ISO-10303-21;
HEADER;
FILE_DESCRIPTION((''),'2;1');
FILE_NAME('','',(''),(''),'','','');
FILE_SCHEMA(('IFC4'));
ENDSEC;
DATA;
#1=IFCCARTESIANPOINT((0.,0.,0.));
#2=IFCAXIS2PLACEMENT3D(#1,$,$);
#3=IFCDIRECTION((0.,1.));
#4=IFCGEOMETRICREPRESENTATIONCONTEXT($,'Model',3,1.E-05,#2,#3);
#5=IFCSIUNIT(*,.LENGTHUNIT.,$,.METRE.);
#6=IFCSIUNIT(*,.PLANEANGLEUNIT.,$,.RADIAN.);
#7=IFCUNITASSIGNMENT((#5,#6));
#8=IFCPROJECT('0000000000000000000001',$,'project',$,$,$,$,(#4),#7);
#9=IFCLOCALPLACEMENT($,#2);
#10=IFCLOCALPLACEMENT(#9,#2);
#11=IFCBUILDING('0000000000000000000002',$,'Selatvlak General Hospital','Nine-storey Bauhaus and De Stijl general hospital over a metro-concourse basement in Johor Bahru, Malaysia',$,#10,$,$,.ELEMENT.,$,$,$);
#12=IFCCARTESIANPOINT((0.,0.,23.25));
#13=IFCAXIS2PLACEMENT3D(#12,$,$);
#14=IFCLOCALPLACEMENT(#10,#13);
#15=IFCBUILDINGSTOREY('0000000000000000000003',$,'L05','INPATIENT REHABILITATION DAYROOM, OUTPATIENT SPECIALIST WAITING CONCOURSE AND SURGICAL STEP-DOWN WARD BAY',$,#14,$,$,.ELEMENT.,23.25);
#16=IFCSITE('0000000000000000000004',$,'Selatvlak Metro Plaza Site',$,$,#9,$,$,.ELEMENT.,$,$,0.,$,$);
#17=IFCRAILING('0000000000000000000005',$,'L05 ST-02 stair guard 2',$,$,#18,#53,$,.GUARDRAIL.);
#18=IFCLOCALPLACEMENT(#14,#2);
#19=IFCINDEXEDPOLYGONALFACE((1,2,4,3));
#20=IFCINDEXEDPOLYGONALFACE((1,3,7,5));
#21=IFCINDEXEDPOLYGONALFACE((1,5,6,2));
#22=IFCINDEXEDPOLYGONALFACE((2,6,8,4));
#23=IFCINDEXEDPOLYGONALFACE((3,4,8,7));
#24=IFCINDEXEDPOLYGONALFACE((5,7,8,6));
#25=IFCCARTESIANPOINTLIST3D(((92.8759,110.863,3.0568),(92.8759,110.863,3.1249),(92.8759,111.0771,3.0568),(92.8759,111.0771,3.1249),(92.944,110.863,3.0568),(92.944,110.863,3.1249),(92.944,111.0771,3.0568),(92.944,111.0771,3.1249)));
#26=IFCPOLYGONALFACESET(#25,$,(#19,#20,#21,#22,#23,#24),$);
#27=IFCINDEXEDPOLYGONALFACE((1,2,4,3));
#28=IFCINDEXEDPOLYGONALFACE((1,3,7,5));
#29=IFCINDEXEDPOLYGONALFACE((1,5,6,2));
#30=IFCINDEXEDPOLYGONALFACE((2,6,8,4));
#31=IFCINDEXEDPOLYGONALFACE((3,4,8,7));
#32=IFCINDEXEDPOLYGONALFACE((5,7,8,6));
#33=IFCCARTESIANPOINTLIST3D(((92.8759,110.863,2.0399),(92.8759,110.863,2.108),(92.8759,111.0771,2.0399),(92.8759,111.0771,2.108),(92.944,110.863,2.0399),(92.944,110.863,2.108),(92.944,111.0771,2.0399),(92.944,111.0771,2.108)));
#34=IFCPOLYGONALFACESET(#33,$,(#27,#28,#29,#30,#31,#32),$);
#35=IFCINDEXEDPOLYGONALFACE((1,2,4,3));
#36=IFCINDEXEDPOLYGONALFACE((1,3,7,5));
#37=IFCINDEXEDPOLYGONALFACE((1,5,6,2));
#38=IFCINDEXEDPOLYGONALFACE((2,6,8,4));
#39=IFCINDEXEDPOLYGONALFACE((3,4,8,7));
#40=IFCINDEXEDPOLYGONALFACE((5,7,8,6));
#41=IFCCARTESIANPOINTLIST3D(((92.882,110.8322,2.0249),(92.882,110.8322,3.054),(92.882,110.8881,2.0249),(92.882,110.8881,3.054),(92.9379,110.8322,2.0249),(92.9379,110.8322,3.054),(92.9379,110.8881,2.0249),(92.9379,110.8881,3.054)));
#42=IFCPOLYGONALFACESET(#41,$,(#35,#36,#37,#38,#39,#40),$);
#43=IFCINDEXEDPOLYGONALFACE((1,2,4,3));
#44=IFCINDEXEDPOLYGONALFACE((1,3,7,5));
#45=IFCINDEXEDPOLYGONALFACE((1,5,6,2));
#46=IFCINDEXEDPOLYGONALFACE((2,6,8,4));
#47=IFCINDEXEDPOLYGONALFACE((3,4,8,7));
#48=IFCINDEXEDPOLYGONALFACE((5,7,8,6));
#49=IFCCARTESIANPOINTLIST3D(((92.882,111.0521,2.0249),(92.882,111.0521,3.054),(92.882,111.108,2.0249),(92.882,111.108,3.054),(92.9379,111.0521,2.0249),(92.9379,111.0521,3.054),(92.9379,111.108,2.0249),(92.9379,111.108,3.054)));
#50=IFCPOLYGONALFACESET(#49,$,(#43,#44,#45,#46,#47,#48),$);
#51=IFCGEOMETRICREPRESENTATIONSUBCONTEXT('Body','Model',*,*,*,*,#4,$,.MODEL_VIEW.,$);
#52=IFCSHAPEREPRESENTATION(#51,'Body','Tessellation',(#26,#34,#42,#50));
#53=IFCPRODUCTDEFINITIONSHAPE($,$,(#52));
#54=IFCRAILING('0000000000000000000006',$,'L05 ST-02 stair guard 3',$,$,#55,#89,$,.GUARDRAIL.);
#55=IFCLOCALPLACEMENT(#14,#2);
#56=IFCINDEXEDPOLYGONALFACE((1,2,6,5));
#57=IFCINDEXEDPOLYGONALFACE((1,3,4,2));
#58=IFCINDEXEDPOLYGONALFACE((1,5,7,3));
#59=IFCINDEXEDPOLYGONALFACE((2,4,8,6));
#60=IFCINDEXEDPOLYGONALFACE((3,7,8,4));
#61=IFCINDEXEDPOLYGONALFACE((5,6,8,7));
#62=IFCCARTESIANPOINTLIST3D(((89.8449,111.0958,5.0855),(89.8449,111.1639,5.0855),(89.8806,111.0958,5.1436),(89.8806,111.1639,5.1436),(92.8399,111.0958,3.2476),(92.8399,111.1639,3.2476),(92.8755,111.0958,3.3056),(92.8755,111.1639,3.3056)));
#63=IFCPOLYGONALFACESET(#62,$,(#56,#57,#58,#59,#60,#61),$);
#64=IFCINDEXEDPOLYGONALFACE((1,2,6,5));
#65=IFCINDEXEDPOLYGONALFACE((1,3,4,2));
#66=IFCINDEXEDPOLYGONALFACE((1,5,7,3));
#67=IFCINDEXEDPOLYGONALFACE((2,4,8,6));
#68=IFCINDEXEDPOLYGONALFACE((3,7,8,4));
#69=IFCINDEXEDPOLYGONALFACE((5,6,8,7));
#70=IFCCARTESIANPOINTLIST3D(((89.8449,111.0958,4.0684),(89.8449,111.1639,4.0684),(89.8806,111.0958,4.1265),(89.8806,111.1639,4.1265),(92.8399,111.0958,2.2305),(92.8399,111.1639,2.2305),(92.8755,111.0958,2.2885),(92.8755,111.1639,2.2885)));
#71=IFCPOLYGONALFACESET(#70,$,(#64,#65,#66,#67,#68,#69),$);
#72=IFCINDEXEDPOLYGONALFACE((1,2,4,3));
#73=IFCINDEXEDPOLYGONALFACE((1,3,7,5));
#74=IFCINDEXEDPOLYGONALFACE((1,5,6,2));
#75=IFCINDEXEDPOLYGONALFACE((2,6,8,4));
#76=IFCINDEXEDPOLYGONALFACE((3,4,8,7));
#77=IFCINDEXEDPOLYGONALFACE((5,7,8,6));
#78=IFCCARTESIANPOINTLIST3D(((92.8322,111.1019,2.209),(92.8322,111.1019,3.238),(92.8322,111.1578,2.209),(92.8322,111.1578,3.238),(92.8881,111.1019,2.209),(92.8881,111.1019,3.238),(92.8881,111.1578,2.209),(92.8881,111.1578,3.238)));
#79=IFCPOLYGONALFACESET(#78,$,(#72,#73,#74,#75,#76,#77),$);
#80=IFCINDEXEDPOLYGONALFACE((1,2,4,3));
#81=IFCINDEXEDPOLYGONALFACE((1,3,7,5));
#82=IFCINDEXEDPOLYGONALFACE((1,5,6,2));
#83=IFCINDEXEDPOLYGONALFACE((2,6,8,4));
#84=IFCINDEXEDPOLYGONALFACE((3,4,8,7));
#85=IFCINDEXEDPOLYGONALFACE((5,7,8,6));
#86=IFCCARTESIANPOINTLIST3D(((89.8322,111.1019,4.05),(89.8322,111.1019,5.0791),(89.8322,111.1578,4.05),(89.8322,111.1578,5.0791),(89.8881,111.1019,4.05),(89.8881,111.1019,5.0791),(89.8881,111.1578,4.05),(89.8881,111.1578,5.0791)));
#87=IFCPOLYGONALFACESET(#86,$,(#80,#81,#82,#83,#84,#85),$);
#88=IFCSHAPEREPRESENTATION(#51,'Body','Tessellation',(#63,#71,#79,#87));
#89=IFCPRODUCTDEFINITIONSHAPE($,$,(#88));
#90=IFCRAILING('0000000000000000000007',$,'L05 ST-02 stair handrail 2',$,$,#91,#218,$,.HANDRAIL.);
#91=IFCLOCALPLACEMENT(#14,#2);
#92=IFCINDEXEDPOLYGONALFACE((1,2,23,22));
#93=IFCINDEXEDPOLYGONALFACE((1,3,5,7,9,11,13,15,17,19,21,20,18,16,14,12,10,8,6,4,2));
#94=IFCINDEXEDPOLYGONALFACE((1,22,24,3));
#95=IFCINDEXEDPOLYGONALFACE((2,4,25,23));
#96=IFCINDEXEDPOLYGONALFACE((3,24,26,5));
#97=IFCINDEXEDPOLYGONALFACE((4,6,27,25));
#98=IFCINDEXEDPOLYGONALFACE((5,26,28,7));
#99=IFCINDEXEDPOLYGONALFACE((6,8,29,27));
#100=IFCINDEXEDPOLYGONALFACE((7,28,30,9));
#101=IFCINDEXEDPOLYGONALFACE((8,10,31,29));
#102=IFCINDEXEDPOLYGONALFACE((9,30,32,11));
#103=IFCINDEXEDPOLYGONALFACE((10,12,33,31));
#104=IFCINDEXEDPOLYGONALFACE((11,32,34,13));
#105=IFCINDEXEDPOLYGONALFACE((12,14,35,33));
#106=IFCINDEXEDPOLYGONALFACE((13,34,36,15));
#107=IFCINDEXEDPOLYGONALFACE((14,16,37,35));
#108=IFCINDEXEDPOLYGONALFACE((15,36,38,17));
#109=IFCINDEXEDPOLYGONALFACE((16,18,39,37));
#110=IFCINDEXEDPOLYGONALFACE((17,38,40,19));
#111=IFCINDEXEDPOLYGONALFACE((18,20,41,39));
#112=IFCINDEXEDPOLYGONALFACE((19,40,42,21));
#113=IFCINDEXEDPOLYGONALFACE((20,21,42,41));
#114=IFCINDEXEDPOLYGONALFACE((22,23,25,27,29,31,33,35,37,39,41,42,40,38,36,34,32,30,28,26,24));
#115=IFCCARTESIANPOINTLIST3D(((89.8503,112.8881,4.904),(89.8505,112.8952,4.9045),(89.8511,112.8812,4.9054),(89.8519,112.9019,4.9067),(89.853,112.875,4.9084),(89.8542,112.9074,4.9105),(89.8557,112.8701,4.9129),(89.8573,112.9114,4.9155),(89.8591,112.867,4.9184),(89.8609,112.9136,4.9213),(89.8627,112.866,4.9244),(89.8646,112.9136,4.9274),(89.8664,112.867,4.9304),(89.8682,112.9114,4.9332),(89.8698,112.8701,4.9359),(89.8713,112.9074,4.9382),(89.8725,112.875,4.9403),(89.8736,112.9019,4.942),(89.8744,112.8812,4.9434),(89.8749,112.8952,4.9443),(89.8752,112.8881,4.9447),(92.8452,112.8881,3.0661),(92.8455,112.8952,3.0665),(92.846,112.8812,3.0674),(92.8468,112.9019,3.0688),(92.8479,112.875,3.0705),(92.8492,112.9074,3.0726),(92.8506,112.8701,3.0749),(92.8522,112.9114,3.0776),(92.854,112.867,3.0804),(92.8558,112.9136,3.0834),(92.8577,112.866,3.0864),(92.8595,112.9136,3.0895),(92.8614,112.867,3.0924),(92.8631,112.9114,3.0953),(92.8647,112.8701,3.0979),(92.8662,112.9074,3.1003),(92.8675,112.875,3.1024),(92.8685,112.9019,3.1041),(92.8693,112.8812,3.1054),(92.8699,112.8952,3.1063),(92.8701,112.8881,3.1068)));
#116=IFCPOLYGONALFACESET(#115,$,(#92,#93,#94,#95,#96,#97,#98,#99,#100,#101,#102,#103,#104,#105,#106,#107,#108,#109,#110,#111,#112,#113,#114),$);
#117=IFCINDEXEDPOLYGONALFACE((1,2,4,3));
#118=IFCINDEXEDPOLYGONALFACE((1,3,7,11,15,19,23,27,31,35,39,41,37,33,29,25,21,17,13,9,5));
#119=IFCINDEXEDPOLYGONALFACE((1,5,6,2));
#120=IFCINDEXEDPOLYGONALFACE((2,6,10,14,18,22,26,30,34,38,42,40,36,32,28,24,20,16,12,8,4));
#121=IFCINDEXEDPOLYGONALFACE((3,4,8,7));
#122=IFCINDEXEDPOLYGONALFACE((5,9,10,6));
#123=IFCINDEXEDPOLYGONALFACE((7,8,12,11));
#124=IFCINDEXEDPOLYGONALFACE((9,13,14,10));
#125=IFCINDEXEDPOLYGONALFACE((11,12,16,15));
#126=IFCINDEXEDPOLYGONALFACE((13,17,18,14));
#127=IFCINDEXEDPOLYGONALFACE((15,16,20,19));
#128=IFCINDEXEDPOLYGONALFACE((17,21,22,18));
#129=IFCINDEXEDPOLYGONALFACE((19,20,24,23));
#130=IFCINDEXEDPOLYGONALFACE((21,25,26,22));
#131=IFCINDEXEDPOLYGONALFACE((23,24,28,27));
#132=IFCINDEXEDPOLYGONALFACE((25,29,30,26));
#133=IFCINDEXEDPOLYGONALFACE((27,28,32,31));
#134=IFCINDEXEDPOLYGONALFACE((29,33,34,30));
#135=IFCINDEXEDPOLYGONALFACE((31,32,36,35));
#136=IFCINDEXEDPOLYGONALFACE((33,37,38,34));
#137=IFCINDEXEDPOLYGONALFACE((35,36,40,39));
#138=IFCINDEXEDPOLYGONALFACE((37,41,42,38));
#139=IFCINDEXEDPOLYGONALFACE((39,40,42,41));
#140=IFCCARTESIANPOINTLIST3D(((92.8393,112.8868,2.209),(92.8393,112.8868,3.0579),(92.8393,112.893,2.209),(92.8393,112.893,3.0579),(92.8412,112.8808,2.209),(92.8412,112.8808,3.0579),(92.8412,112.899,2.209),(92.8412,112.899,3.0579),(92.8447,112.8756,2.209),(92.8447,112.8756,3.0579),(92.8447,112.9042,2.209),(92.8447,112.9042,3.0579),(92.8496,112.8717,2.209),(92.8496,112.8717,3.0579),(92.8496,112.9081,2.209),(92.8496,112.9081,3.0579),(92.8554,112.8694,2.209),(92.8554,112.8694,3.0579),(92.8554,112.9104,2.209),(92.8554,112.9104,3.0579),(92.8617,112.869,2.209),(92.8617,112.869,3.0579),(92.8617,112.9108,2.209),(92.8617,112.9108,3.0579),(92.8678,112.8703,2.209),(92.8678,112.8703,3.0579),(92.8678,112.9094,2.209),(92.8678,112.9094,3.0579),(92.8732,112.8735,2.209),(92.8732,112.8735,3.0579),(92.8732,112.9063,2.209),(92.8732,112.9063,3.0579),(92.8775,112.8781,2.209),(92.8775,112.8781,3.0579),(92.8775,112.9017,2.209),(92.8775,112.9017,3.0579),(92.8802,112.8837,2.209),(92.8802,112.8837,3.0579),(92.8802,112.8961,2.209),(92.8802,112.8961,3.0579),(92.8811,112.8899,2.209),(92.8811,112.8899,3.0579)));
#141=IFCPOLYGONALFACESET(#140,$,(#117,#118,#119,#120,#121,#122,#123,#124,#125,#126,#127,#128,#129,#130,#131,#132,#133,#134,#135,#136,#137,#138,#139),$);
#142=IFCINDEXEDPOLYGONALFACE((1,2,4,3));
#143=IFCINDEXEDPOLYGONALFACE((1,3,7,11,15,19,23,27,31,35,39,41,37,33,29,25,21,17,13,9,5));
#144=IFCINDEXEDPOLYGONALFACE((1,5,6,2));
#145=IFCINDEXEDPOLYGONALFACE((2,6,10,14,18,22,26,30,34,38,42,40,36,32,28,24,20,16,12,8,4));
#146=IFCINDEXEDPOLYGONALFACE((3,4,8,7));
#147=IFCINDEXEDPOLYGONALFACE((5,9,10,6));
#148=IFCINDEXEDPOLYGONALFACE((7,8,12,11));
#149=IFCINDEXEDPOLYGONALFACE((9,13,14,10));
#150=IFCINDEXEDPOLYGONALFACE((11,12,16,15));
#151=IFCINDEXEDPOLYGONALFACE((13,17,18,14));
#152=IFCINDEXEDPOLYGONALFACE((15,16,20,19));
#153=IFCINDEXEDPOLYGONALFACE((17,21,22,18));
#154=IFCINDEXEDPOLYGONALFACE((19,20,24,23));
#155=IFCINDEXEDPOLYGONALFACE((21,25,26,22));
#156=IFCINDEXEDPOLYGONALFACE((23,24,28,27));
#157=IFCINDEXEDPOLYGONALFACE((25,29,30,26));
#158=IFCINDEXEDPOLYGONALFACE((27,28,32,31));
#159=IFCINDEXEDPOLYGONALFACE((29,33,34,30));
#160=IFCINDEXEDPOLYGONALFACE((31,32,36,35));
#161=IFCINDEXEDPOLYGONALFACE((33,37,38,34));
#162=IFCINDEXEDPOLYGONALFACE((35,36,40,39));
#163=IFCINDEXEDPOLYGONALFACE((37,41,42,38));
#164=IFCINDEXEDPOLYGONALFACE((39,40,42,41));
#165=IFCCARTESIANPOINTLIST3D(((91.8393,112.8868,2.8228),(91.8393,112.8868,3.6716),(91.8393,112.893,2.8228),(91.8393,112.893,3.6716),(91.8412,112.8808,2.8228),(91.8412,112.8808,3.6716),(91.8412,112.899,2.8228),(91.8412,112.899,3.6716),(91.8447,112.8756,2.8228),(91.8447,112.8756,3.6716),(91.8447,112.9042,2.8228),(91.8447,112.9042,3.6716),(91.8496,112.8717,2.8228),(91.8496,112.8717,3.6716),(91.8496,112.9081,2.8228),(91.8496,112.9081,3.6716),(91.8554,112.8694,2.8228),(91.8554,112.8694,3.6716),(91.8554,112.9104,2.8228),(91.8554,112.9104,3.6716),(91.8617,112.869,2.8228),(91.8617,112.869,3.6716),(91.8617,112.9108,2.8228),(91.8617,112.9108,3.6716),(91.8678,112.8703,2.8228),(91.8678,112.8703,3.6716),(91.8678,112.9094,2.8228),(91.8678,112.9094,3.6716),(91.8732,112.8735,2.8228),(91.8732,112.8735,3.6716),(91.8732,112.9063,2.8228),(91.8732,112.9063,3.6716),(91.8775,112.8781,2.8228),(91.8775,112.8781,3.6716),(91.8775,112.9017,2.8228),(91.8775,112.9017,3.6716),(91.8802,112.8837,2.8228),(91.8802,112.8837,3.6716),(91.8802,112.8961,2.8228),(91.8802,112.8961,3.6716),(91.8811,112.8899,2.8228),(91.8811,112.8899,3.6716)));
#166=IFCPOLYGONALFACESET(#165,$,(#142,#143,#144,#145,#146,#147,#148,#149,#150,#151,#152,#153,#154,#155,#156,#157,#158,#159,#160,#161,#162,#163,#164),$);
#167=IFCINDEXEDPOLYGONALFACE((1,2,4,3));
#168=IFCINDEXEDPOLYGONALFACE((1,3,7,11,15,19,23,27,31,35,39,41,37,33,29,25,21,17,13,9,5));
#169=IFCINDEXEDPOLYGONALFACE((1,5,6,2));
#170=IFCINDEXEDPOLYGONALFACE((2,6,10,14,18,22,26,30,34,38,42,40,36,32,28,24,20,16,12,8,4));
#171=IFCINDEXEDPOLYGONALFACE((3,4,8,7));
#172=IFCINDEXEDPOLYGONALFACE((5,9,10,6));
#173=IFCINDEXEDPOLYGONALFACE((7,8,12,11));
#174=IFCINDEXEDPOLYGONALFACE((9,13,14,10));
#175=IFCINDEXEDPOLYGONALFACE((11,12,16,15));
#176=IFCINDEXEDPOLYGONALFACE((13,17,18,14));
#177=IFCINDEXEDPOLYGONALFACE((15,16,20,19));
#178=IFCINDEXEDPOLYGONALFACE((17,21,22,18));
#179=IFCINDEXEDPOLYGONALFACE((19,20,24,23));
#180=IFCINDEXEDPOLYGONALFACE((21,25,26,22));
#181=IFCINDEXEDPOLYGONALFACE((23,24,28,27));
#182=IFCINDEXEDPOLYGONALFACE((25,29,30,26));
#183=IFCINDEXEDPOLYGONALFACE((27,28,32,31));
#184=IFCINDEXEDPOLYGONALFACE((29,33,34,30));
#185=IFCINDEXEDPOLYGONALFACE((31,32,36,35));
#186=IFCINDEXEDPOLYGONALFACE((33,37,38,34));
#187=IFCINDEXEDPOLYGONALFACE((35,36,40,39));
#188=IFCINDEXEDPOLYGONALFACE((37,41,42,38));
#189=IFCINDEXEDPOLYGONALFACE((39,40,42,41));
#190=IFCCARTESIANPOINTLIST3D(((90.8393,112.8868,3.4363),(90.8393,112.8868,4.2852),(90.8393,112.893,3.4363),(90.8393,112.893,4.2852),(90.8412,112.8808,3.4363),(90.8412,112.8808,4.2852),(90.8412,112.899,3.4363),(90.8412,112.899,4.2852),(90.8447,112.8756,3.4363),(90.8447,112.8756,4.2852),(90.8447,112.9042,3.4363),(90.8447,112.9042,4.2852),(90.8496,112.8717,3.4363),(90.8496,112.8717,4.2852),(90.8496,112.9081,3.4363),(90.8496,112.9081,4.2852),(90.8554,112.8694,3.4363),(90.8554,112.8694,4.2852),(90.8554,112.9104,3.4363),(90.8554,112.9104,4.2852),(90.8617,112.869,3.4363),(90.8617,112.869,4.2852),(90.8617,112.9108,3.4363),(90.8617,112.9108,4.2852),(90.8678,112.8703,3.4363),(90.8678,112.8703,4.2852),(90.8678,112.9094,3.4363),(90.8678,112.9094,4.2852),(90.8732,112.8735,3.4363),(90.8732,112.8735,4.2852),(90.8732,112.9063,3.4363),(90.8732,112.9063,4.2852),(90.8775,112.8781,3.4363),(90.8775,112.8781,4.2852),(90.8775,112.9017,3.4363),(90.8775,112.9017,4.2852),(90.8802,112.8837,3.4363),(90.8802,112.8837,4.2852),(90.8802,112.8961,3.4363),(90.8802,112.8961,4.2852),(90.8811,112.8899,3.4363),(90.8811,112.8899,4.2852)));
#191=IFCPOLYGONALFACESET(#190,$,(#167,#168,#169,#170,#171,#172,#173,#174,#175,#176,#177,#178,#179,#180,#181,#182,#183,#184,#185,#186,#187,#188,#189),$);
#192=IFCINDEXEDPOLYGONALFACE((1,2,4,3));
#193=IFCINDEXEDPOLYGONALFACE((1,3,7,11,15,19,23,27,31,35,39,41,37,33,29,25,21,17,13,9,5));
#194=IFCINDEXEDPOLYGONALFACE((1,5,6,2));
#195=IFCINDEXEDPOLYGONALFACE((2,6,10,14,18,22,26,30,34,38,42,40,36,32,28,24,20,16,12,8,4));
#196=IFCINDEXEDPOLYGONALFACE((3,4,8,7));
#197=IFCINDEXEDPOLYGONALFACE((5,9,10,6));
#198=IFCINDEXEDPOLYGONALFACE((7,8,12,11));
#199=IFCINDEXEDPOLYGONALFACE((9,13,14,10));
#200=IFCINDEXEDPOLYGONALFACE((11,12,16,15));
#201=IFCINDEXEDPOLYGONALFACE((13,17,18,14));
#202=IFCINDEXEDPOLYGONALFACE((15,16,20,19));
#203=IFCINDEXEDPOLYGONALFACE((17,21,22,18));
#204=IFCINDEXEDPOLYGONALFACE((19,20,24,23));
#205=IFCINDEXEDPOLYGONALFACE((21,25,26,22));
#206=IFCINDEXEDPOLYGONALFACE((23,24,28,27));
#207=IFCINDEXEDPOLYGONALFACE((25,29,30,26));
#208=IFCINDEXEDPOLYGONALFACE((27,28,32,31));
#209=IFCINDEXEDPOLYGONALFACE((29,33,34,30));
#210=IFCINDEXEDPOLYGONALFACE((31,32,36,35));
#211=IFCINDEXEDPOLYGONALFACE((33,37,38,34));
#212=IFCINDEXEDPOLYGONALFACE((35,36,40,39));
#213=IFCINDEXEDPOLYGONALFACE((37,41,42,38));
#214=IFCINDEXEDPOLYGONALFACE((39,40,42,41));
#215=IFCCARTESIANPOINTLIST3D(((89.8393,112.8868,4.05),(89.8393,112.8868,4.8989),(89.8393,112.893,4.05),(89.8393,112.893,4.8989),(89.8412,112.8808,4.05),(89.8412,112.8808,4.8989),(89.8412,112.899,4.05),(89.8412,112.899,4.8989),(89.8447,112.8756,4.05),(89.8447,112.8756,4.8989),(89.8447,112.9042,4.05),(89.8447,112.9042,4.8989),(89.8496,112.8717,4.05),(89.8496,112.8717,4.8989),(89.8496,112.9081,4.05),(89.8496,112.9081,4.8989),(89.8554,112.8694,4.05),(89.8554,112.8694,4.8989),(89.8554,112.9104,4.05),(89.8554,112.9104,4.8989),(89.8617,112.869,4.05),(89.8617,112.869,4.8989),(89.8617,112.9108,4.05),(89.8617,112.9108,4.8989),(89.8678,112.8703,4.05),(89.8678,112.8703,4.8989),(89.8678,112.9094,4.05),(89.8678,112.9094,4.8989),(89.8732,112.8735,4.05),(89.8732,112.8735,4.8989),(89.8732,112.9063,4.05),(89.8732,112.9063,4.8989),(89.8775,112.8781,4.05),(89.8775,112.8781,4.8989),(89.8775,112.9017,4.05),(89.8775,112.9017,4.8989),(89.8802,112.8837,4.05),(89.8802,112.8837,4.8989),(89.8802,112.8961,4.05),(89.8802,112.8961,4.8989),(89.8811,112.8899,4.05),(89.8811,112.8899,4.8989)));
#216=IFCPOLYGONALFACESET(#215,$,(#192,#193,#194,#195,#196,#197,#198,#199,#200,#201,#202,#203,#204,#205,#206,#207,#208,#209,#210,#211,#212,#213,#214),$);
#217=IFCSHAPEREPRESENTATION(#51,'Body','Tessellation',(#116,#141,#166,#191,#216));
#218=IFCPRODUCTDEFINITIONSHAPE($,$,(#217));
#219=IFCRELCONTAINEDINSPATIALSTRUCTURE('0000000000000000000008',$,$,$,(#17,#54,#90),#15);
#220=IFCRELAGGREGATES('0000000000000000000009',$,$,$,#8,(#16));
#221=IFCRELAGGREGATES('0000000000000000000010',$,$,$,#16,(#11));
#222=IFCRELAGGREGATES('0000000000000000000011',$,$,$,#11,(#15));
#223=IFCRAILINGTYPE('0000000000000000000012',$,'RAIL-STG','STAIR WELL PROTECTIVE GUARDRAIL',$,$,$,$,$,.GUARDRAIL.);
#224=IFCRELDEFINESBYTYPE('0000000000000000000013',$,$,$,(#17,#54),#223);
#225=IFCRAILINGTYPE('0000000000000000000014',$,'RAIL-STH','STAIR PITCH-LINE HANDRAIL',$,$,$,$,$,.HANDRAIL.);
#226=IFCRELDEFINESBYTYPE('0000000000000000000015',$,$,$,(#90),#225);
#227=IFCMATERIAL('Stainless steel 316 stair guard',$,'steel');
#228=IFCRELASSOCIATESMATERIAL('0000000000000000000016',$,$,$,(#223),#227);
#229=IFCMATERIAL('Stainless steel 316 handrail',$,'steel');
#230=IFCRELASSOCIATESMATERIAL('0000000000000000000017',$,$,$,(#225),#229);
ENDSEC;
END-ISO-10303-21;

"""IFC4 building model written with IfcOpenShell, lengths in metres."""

from ifc_helpers import new_model, si_unit, direction, frame, origin, origin_2d, place, context, subcontext, project, spatial, rectangle, circle, extrude, material, type_object, element, save


model = new_model("IFC4")

# Units and contexts
model_context = context("Model", 3, precision=1e-05, world=origin(), true_north=direction((0.0, 1.0)))
body_context = subcontext(model_context, "Body", "Model", "MODEL_VIEW")
ifc_project = project(units=[si_unit("LENGTHUNIT", "METRE"), si_unit("PLANEANGLEUNIT", "RADIAN")], contexts=[model_context])

# Site, building, storey
site_placement = place(None, origin())
site = spatial("IfcSite", under=ifc_project, at=site_placement, Name="Selatvlak Metro Plaza Site", CompositionType="ELEMENT", RefElevation=0.0)
building_placement = place(site_placement, origin())
building = spatial("IfcBuilding", under=site, at=building_placement, Name="Selatvlak General Hospital", Description="Nine-storey Bauhaus and De Stijl general hospital over a metro-concourse basement in Johor Bahru, Malaysia", CompositionType="ELEMENT")
storey_placement = place(building_placement, frame((0.0, 0.0, 23.25)))
storey = spatial("IfcBuildingStorey", under=building, at=storey_placement, Name="L05", Description="INPATIENT REHABILITATION DAYROOM, OUTPATIENT SPECIALIST WAITING CONCOURSE AND SURGICAL STEP-DOWN WARD BAY", CompositionType="ELEMENT", Elevation=23.25)

# Railings
ifc_material_1 = material(Name="Stainless steel 316 stair guard", Category="steel")
railing_type_1 = type_object("IfcRailingType", Name="RAIL-STG", Description="STAIR WELL PROTECTIVE GUARDRAIL", PredefinedType="GUARDRAIL", material=ifc_material_1)
railing_1_placement = place(storey_placement, frame((92.9099, 110.8601, 2.0249)))
element("IfcRailing", 1, at=railing_1_placement, inside=storey, type_object=railing_type_1, Name="L05 ST-02 stair guard 2", PredefinedType="GUARDRAIL", context=body_context, shape_type="SweptSolid", body=[
    extrude(rectangle(XDim=0.0681, YDim=0.0681, at=origin_2d()), frame((0.0, 0.0029, 1.0659), z_axis=(0.0, 1.0, 0.0), x_axis=(-1.0, 0.0, 0.0)), (0.0, 0.0, 1.0), 0.2141),
    extrude(rectangle(XDim=0.0681, YDim=0.0681, at=origin_2d()), frame((0.0, 0.0029, 0.0491), z_axis=(0.0, 1.0, 0.0), x_axis=(-1.0, 0.0, 0.0)), (0.0, 0.0, 1.0), 0.2141),
    extrude(rectangle(XDim=0.0559, YDim=0.0559, at=origin_2d()), origin(), (0.0, 0.0, 1.0), 1.0291),
    extrude(rectangle(XDim=0.0559, YDim=0.0559, at=origin_2d()), frame((0.0, 0.22, 0.0)), (0.0, 0.0, 1.0), 1.0291),
])
railing_2_placement = place(storey_placement, frame((92.8601, 111.1299, 2.209)))
element("IfcRailing", 2, at=railing_2_placement, inside=storey, type_object=railing_type_1, Name="L05 ST-02 stair guard 3", PredefinedType="GUARDRAIL", context=body_context, shape_type="SweptSolid", body=[
    extrude(rectangle(XDim=0.0681, YDim=0.0681, at=origin_2d()), frame((-0.0024, 0.0, 1.0676), z_axis=(-0.852303, 0.0, 0.523048), x_axis=(0.0, -1.0, 0.0)), (0.0, 0.0, 1.0), 3.5139),
    extrude(rectangle(XDim=0.0681, YDim=0.0681, at=origin_2d()), frame((-0.0024, 0.0, 0.0505), z_axis=(-0.852303, 0.0, 0.523048), x_axis=(0.0, -1.0, 0.0)), (0.0, 0.0, 1.0), 3.5139),
    extrude(rectangle(XDim=0.0559, YDim=0.0559, at=origin_2d()), origin(), (0.0, 0.0, 1.0), 1.0291),
    extrude(rectangle(XDim=0.0559, YDim=0.0559, at=origin_2d()), frame((-3.0, 0.0, 1.8411)), (0.0, 0.0, 1.0), 1.0291),
])
ifc_material_2 = material(Name="Stainless steel 316 handrail", Category="steel")
railing_type_2 = type_object("IfcRailingType", Name="RAIL-STH", Description="STAIR PITCH-LINE HANDRAIL", PredefinedType="HANDRAIL", material=ifc_material_2)
railing_3_placement = place(storey_placement, frame((92.8601, 112.8899, 2.209)))
element("IfcRailing", 3, at=railing_3_placement, inside=storey, type_object=railing_type_2, Name="L05 ST-02 stair handrail 2", PredefinedType="HANDRAIL", context=body_context, shape_type="SweptSolid", body=[
    extrude(circle(Radius=0.0239, at=origin_2d()), frame((-0.0024, 0.0, 0.8774), z_axis=(-0.852303, 0.0, 0.523048), x_axis=(0.0, -1.0, 0.0)), (0.0, 0.0, 1.0), 3.5139),
    extrude(circle(Radius=0.021, at=origin_2d()), origin(), (0.0, 0.0, 1.0), 0.8489),
    extrude(circle(Radius=0.021, at=origin_2d()), frame((-1.0, 0.0, 0.6138)), (0.0, 0.0, 1.0), 0.8489),
    extrude(circle(Radius=0.021, at=origin_2d()), frame((-2.0, 0.0, 1.2273)), (0.0, 0.0, 1.0), 0.8489),
    extrude(circle(Radius=0.021, at=origin_2d()), frame((-3.0, 0.0, 1.8411)), (0.0, 0.0, 1.0), 0.8489),
])

save(model, "model.ifc")
